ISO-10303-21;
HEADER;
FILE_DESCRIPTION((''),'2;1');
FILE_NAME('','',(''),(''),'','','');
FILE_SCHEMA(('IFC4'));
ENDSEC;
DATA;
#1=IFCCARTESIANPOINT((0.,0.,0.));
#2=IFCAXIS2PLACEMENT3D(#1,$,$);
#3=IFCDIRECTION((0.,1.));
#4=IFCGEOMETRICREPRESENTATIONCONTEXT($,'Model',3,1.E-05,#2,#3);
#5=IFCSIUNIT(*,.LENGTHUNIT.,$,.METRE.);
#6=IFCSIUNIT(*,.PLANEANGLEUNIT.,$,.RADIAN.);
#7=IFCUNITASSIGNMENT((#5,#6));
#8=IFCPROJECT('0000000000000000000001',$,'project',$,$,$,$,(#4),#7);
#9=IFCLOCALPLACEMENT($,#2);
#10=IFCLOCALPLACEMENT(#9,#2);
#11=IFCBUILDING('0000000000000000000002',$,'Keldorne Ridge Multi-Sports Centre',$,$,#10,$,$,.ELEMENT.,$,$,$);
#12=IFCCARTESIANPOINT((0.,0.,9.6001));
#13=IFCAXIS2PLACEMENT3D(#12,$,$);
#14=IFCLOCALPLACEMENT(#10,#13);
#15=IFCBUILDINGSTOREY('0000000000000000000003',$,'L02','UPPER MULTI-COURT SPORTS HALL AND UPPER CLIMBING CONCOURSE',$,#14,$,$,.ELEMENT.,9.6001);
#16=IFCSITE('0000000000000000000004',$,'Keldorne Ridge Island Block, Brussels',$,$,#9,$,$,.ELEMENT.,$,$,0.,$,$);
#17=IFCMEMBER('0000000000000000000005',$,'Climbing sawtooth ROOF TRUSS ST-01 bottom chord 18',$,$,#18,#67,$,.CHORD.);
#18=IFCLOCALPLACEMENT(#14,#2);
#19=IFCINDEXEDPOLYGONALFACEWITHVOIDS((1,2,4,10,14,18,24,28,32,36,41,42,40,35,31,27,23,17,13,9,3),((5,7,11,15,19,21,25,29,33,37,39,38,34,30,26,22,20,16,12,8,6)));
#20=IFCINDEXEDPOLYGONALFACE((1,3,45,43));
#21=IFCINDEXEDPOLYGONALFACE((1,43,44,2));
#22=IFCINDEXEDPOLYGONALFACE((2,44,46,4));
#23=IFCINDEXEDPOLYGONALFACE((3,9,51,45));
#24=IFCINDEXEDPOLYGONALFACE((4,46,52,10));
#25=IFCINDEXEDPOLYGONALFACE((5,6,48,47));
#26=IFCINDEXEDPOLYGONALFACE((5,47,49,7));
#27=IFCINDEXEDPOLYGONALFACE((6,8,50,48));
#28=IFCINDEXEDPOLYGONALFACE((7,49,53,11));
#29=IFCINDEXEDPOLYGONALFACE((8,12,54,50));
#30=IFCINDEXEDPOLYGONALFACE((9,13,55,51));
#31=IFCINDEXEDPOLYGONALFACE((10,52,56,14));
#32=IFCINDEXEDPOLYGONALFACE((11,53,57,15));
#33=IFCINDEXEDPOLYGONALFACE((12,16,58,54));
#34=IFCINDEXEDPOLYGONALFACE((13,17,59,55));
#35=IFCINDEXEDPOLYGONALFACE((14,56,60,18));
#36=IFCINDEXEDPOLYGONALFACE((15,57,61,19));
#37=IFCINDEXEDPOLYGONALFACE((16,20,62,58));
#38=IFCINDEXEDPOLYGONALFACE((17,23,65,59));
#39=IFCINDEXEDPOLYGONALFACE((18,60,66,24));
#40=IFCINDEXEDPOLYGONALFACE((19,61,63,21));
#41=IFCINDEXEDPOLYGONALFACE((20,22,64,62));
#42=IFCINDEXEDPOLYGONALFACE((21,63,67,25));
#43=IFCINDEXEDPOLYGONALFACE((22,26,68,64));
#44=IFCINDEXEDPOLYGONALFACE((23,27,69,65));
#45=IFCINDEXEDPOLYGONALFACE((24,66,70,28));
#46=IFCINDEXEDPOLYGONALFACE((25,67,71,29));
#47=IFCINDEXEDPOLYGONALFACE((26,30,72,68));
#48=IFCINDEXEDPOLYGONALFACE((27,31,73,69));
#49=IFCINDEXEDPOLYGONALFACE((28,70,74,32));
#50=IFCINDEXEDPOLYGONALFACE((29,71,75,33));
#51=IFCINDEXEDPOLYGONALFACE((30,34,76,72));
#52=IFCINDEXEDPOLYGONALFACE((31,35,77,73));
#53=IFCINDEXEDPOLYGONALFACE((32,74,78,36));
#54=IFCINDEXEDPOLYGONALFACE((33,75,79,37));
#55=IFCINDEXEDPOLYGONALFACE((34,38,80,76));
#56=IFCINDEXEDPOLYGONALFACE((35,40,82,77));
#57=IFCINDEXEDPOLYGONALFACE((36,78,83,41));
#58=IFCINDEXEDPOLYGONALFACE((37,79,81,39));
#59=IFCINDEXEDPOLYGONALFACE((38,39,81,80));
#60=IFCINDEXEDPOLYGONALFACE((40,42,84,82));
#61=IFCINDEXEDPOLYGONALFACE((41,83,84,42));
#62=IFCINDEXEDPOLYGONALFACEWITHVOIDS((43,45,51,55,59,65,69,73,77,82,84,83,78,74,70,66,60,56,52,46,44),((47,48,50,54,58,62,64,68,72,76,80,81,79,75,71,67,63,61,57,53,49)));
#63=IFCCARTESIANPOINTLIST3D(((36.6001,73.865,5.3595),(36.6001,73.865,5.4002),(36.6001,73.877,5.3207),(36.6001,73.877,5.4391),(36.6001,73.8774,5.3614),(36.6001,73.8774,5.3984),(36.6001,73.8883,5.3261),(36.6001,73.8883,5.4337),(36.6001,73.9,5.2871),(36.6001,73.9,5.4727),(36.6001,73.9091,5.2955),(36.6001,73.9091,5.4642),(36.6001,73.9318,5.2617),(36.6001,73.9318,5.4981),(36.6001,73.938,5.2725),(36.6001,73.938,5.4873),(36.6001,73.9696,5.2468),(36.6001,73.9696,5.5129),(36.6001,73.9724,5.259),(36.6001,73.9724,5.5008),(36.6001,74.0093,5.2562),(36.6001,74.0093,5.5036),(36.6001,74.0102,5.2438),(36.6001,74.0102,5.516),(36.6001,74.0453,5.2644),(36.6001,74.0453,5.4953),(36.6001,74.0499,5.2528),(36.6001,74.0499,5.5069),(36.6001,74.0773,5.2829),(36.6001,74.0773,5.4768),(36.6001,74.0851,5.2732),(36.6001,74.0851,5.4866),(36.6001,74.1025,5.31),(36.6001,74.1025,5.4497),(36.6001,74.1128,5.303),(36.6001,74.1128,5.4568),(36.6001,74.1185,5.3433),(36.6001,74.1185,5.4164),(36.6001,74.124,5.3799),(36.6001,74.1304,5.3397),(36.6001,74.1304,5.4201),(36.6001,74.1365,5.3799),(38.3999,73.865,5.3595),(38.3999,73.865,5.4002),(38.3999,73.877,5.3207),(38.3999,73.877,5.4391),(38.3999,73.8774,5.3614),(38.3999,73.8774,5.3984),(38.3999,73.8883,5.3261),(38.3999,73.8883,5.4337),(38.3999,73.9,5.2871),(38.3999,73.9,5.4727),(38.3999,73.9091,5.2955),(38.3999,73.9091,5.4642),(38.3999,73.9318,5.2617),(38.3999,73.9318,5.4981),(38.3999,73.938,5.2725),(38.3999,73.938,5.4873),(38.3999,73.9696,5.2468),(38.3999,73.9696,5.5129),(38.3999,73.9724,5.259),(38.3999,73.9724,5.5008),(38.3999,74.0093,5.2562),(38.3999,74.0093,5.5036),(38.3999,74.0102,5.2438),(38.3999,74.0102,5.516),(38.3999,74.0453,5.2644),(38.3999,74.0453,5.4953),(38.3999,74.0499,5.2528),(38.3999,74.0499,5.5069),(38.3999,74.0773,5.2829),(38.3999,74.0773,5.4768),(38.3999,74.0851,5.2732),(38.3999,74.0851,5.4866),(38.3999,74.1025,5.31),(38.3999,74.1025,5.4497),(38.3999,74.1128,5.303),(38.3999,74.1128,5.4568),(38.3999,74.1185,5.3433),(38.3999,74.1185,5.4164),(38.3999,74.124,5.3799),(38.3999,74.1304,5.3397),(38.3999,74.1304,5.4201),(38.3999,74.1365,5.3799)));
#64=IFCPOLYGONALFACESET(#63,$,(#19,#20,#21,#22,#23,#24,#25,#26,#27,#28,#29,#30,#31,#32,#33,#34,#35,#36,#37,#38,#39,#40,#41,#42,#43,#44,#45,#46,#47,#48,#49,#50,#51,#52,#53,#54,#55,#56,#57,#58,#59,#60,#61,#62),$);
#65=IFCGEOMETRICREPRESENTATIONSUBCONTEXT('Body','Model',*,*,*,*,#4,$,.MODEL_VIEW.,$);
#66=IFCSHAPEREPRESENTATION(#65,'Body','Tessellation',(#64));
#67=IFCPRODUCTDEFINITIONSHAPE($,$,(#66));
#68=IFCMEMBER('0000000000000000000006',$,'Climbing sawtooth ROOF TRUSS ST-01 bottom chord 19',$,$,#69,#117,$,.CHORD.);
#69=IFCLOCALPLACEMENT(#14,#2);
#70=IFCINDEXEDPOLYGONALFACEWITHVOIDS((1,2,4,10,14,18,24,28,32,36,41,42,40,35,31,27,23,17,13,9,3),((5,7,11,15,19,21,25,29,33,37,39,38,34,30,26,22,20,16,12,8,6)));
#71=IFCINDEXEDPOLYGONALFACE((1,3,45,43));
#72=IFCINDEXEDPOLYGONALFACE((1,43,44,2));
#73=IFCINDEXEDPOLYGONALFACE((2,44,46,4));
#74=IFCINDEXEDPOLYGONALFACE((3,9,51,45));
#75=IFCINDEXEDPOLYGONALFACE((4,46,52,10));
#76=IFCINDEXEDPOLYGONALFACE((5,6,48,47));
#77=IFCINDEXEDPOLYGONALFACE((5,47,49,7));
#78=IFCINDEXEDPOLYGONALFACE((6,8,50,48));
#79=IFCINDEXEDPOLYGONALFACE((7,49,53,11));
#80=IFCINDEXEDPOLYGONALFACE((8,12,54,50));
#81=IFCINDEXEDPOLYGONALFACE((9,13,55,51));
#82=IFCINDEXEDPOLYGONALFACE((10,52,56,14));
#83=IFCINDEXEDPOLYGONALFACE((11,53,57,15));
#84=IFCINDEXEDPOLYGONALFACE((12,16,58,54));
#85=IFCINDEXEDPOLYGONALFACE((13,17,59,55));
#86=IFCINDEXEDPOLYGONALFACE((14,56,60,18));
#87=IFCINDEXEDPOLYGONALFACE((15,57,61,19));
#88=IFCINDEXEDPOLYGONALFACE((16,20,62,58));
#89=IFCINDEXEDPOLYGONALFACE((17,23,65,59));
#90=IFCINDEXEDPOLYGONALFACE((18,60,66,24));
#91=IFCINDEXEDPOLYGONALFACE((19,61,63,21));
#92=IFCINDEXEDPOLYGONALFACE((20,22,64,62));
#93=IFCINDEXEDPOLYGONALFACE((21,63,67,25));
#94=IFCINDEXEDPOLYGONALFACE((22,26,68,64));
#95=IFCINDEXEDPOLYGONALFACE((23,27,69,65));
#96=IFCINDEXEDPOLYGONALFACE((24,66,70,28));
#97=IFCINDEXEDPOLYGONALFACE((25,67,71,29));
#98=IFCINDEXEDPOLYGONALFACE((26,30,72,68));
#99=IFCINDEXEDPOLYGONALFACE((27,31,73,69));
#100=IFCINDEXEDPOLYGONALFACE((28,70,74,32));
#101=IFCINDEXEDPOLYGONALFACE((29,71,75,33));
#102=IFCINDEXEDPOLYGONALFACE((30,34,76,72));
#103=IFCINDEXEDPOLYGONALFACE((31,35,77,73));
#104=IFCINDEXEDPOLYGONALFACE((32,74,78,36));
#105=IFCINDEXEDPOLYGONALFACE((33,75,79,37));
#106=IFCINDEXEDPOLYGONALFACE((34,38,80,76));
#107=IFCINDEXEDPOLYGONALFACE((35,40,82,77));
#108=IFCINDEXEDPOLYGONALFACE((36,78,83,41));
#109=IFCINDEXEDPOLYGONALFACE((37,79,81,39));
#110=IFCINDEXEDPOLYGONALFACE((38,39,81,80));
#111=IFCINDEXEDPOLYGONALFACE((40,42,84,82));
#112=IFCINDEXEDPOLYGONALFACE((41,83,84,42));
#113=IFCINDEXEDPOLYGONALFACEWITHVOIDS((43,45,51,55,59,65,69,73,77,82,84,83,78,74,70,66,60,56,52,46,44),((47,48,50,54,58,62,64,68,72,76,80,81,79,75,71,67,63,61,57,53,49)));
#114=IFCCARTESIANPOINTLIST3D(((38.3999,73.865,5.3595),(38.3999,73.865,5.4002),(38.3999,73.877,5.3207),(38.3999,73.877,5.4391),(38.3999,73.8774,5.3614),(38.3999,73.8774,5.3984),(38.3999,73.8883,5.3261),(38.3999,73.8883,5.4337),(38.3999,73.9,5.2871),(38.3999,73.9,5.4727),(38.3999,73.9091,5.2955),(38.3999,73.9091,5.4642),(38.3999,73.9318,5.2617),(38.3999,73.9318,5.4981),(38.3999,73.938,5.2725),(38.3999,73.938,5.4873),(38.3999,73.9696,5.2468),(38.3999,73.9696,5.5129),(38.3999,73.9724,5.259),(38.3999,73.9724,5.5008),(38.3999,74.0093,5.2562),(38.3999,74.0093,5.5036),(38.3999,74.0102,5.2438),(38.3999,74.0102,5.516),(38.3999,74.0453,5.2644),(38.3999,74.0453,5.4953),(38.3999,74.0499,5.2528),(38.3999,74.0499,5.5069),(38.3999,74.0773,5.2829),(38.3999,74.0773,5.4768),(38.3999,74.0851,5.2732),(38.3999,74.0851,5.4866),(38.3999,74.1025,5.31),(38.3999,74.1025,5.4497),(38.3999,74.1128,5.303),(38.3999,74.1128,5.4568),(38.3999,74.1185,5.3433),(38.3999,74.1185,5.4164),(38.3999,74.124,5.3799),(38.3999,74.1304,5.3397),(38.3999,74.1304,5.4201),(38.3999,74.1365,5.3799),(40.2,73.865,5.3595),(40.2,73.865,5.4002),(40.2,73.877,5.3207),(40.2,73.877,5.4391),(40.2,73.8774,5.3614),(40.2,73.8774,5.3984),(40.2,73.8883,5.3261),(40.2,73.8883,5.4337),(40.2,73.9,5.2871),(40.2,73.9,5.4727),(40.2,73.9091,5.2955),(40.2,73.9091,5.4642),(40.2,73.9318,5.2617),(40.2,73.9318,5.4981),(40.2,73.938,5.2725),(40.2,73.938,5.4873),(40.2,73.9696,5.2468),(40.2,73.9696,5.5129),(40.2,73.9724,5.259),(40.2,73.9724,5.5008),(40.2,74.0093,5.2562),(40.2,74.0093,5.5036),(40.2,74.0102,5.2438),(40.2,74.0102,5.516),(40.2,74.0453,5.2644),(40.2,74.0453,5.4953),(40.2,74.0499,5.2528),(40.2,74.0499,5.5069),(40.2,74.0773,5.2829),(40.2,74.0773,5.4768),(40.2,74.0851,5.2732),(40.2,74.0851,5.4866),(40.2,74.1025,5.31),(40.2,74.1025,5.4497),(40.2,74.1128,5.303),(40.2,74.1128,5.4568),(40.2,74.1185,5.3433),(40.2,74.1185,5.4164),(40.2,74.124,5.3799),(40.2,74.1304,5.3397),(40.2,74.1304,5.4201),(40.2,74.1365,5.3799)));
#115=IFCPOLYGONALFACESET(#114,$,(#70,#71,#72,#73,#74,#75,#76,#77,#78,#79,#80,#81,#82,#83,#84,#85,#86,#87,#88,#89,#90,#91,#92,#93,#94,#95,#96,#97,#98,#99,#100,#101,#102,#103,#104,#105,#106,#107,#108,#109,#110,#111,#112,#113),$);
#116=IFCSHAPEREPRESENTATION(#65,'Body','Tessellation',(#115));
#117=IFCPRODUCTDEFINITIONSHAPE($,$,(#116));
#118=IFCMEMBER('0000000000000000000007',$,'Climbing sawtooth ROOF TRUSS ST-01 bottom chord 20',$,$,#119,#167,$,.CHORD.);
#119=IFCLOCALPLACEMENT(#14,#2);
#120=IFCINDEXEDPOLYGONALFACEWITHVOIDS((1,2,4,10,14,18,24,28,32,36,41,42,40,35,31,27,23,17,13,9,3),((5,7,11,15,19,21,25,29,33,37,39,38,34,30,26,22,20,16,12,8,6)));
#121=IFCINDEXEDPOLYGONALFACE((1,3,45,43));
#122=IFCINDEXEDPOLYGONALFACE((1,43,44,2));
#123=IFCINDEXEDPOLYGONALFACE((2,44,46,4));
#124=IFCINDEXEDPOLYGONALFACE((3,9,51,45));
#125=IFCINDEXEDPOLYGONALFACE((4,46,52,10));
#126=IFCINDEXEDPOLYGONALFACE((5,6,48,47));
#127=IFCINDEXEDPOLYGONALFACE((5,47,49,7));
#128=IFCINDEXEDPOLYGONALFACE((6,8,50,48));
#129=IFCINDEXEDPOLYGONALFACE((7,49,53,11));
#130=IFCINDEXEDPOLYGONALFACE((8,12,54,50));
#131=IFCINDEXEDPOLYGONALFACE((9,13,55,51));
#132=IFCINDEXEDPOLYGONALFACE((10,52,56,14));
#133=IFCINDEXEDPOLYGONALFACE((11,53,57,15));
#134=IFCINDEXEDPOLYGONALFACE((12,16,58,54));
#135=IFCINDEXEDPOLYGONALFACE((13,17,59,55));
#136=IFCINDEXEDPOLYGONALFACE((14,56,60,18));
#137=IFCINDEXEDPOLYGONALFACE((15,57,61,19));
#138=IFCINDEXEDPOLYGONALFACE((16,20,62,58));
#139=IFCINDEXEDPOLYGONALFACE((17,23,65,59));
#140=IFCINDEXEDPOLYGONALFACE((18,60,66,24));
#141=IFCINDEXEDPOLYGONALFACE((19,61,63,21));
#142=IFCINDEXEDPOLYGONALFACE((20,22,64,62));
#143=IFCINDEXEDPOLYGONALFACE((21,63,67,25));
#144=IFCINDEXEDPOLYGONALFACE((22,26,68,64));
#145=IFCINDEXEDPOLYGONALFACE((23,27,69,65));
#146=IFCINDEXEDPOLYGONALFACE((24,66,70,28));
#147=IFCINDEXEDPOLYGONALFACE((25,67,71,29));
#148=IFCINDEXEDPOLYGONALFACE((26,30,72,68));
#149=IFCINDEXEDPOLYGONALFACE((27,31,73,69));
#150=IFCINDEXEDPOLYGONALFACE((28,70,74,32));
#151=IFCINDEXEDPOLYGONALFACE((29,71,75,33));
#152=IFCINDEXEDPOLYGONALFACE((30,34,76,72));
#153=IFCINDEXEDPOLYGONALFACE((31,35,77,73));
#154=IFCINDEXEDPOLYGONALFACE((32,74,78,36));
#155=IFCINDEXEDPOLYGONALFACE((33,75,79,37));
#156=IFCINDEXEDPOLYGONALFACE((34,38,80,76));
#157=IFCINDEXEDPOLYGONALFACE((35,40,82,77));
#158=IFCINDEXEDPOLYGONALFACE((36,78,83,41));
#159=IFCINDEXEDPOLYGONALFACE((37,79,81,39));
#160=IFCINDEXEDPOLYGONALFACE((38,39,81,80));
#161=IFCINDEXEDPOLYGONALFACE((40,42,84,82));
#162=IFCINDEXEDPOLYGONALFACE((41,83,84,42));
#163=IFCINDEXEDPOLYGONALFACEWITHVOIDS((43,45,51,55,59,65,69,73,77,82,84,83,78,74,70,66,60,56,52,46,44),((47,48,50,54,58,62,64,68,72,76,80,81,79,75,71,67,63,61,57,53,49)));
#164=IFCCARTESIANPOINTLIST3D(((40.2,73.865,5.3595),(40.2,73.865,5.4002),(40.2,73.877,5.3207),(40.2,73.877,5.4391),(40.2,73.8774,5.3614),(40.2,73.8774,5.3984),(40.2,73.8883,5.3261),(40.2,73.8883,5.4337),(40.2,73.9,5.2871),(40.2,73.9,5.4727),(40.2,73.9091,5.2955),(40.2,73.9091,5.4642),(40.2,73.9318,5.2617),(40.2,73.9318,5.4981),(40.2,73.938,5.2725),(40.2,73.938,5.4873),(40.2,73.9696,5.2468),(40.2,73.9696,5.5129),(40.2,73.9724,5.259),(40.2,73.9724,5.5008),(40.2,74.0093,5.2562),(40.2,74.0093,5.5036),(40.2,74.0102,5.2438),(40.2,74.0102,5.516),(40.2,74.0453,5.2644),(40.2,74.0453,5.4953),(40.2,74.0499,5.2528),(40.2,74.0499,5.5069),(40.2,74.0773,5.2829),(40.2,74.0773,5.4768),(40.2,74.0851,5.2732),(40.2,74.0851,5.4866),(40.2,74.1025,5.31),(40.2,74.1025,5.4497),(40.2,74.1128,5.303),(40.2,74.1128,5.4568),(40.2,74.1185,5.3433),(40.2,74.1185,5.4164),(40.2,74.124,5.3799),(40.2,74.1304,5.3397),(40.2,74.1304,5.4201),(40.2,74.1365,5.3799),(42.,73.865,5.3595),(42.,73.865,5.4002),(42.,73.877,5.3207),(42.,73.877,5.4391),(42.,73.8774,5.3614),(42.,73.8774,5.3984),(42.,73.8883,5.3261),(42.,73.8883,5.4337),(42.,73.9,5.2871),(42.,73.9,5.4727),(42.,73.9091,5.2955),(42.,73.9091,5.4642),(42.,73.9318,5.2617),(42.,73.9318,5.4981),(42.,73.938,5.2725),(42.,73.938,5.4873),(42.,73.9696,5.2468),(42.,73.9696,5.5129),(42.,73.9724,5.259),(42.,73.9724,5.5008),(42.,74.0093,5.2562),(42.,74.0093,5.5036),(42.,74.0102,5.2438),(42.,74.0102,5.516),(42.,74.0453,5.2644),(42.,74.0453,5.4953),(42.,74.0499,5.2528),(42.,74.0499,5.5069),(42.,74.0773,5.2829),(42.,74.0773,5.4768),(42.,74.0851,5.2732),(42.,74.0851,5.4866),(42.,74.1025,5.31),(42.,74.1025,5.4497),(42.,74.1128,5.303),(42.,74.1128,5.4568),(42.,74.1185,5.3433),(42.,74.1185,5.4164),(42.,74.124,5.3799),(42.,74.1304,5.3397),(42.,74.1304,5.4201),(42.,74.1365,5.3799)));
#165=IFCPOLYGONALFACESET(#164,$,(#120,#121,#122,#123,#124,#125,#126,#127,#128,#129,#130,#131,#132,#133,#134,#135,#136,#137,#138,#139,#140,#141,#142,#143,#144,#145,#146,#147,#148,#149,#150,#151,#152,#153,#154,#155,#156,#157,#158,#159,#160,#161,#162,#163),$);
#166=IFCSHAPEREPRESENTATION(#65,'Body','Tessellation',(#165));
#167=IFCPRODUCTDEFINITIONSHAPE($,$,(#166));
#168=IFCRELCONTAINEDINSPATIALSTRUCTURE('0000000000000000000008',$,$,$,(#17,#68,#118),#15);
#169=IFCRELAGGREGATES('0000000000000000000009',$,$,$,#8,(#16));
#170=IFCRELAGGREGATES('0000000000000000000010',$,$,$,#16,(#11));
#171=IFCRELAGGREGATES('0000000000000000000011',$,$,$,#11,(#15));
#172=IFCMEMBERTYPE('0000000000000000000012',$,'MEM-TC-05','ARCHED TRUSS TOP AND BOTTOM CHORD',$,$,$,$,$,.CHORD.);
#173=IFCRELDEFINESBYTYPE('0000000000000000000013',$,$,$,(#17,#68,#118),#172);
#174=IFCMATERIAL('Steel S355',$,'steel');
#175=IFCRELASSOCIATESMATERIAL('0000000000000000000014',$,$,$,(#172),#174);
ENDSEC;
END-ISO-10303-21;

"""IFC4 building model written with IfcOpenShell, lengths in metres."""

from ifc_helpers import new_model, si_unit, direction, frame, origin, origin_2d, place, context, subcontext, project, spatial, hollow_circle, extrude, material, material_profile, profile_set, type_object, element, save


model = new_model("IFC4")

# Units and contexts
model_context = context("Model", 3, precision=1e-05, world=origin(), true_north=direction((0.0, 1.0)))
body_context = subcontext(model_context, "Body", "Model", "MODEL_VIEW")
ifc_project = project(units=[si_unit("LENGTHUNIT", "METRE"), si_unit("PLANEANGLEUNIT", "RADIAN")], contexts=[model_context])

# Site, building, storey
site_placement = place(None, origin())
site = spatial("IfcSite", under=ifc_project, at=site_placement, Name="Keldorne Ridge Island Block, Brussels", CompositionType="ELEMENT", RefElevation=0.0)
building_placement = place(site_placement, origin())
building = spatial("IfcBuilding", under=site, at=building_placement, Name="Keldorne Ridge Multi-Sports Centre", CompositionType="ELEMENT")
storey_placement = place(building_placement, frame((0.0, 0.0, 9.6001)))
storey = spatial("IfcBuildingStorey", under=building, at=storey_placement, Name="L02", Description="UPPER MULTI-COURT SPORTS HALL AND UPPER CLIMBING CONCOURSE", CompositionType="ELEMENT", Elevation=9.6001)

# Members
ifc_material_1 = material(Name="Steel S355", Category="steel")
ifc_material_profile_1 = material_profile(ifc_material_1, hollow_circle(Radius=0.1365, WallThickness=0.0125, at=origin_2d()), Name="CHS 273x12.5")
ifc_profile_set_1 = profile_set([ifc_material_profile_1], Name="Steel S355")
member_type_1 = type_object("IfcMemberType", Name="MEM-TC-05", Description="ARCHED TRUSS TOP AND BOTTOM CHORD", PredefinedType="CHORD", material=ifc_profile_set_1)
member_1_placement = place(storey_placement, frame((36.6001, 74.0, 5.3799), z_axis=(1.0, 0.0, 0.0), x_axis=(0.0, 1.0, 0.0)))
element("IfcMember", 1, at=member_1_placement, inside=storey, type_object=member_type_1, Name="Climbing sawtooth ROOF TRUSS ST-01 bottom chord 18", PredefinedType="CHORD", context=body_context, shape_type="SweptSolid", body=[
    extrude(hollow_circle(Radius=0.1365, WallThickness=0.0125, at=origin_2d()), origin(), (0.0, 0.0, 1.0), 1.7998),
])
for number, where, z_axis, x_axis, name in (
    (2, (38.3999, 74.0, 5.3799), (1.0, 0.0, 0.0), (0.0, 1.0, 0.0), "Climbing sawtooth ROOF TRUSS ST-01 bottom chord 19"),
    (3, (40.2, 74.0, 5.3799), (1.0, 0.0, 0.0), (0.0, 1.0, 0.0), "Climbing sawtooth ROOF TRUSS ST-01 bottom chord 20"),
):
    element("IfcMember", number, at=place(storey_placement, frame(where, z_axis=z_axis, x_axis=x_axis)), inside=storey, type_object=member_type_1, Name=name, PredefinedType="CHORD", context=body_context, shape_type="SweptSolid", body=[
        extrude(hollow_circle(Radius=0.1365, WallThickness=0.0125, at=origin_2d()), origin(), (0.0, 0.0, 1.0), 1.8),
    ])

save(model, "model.ifc")
